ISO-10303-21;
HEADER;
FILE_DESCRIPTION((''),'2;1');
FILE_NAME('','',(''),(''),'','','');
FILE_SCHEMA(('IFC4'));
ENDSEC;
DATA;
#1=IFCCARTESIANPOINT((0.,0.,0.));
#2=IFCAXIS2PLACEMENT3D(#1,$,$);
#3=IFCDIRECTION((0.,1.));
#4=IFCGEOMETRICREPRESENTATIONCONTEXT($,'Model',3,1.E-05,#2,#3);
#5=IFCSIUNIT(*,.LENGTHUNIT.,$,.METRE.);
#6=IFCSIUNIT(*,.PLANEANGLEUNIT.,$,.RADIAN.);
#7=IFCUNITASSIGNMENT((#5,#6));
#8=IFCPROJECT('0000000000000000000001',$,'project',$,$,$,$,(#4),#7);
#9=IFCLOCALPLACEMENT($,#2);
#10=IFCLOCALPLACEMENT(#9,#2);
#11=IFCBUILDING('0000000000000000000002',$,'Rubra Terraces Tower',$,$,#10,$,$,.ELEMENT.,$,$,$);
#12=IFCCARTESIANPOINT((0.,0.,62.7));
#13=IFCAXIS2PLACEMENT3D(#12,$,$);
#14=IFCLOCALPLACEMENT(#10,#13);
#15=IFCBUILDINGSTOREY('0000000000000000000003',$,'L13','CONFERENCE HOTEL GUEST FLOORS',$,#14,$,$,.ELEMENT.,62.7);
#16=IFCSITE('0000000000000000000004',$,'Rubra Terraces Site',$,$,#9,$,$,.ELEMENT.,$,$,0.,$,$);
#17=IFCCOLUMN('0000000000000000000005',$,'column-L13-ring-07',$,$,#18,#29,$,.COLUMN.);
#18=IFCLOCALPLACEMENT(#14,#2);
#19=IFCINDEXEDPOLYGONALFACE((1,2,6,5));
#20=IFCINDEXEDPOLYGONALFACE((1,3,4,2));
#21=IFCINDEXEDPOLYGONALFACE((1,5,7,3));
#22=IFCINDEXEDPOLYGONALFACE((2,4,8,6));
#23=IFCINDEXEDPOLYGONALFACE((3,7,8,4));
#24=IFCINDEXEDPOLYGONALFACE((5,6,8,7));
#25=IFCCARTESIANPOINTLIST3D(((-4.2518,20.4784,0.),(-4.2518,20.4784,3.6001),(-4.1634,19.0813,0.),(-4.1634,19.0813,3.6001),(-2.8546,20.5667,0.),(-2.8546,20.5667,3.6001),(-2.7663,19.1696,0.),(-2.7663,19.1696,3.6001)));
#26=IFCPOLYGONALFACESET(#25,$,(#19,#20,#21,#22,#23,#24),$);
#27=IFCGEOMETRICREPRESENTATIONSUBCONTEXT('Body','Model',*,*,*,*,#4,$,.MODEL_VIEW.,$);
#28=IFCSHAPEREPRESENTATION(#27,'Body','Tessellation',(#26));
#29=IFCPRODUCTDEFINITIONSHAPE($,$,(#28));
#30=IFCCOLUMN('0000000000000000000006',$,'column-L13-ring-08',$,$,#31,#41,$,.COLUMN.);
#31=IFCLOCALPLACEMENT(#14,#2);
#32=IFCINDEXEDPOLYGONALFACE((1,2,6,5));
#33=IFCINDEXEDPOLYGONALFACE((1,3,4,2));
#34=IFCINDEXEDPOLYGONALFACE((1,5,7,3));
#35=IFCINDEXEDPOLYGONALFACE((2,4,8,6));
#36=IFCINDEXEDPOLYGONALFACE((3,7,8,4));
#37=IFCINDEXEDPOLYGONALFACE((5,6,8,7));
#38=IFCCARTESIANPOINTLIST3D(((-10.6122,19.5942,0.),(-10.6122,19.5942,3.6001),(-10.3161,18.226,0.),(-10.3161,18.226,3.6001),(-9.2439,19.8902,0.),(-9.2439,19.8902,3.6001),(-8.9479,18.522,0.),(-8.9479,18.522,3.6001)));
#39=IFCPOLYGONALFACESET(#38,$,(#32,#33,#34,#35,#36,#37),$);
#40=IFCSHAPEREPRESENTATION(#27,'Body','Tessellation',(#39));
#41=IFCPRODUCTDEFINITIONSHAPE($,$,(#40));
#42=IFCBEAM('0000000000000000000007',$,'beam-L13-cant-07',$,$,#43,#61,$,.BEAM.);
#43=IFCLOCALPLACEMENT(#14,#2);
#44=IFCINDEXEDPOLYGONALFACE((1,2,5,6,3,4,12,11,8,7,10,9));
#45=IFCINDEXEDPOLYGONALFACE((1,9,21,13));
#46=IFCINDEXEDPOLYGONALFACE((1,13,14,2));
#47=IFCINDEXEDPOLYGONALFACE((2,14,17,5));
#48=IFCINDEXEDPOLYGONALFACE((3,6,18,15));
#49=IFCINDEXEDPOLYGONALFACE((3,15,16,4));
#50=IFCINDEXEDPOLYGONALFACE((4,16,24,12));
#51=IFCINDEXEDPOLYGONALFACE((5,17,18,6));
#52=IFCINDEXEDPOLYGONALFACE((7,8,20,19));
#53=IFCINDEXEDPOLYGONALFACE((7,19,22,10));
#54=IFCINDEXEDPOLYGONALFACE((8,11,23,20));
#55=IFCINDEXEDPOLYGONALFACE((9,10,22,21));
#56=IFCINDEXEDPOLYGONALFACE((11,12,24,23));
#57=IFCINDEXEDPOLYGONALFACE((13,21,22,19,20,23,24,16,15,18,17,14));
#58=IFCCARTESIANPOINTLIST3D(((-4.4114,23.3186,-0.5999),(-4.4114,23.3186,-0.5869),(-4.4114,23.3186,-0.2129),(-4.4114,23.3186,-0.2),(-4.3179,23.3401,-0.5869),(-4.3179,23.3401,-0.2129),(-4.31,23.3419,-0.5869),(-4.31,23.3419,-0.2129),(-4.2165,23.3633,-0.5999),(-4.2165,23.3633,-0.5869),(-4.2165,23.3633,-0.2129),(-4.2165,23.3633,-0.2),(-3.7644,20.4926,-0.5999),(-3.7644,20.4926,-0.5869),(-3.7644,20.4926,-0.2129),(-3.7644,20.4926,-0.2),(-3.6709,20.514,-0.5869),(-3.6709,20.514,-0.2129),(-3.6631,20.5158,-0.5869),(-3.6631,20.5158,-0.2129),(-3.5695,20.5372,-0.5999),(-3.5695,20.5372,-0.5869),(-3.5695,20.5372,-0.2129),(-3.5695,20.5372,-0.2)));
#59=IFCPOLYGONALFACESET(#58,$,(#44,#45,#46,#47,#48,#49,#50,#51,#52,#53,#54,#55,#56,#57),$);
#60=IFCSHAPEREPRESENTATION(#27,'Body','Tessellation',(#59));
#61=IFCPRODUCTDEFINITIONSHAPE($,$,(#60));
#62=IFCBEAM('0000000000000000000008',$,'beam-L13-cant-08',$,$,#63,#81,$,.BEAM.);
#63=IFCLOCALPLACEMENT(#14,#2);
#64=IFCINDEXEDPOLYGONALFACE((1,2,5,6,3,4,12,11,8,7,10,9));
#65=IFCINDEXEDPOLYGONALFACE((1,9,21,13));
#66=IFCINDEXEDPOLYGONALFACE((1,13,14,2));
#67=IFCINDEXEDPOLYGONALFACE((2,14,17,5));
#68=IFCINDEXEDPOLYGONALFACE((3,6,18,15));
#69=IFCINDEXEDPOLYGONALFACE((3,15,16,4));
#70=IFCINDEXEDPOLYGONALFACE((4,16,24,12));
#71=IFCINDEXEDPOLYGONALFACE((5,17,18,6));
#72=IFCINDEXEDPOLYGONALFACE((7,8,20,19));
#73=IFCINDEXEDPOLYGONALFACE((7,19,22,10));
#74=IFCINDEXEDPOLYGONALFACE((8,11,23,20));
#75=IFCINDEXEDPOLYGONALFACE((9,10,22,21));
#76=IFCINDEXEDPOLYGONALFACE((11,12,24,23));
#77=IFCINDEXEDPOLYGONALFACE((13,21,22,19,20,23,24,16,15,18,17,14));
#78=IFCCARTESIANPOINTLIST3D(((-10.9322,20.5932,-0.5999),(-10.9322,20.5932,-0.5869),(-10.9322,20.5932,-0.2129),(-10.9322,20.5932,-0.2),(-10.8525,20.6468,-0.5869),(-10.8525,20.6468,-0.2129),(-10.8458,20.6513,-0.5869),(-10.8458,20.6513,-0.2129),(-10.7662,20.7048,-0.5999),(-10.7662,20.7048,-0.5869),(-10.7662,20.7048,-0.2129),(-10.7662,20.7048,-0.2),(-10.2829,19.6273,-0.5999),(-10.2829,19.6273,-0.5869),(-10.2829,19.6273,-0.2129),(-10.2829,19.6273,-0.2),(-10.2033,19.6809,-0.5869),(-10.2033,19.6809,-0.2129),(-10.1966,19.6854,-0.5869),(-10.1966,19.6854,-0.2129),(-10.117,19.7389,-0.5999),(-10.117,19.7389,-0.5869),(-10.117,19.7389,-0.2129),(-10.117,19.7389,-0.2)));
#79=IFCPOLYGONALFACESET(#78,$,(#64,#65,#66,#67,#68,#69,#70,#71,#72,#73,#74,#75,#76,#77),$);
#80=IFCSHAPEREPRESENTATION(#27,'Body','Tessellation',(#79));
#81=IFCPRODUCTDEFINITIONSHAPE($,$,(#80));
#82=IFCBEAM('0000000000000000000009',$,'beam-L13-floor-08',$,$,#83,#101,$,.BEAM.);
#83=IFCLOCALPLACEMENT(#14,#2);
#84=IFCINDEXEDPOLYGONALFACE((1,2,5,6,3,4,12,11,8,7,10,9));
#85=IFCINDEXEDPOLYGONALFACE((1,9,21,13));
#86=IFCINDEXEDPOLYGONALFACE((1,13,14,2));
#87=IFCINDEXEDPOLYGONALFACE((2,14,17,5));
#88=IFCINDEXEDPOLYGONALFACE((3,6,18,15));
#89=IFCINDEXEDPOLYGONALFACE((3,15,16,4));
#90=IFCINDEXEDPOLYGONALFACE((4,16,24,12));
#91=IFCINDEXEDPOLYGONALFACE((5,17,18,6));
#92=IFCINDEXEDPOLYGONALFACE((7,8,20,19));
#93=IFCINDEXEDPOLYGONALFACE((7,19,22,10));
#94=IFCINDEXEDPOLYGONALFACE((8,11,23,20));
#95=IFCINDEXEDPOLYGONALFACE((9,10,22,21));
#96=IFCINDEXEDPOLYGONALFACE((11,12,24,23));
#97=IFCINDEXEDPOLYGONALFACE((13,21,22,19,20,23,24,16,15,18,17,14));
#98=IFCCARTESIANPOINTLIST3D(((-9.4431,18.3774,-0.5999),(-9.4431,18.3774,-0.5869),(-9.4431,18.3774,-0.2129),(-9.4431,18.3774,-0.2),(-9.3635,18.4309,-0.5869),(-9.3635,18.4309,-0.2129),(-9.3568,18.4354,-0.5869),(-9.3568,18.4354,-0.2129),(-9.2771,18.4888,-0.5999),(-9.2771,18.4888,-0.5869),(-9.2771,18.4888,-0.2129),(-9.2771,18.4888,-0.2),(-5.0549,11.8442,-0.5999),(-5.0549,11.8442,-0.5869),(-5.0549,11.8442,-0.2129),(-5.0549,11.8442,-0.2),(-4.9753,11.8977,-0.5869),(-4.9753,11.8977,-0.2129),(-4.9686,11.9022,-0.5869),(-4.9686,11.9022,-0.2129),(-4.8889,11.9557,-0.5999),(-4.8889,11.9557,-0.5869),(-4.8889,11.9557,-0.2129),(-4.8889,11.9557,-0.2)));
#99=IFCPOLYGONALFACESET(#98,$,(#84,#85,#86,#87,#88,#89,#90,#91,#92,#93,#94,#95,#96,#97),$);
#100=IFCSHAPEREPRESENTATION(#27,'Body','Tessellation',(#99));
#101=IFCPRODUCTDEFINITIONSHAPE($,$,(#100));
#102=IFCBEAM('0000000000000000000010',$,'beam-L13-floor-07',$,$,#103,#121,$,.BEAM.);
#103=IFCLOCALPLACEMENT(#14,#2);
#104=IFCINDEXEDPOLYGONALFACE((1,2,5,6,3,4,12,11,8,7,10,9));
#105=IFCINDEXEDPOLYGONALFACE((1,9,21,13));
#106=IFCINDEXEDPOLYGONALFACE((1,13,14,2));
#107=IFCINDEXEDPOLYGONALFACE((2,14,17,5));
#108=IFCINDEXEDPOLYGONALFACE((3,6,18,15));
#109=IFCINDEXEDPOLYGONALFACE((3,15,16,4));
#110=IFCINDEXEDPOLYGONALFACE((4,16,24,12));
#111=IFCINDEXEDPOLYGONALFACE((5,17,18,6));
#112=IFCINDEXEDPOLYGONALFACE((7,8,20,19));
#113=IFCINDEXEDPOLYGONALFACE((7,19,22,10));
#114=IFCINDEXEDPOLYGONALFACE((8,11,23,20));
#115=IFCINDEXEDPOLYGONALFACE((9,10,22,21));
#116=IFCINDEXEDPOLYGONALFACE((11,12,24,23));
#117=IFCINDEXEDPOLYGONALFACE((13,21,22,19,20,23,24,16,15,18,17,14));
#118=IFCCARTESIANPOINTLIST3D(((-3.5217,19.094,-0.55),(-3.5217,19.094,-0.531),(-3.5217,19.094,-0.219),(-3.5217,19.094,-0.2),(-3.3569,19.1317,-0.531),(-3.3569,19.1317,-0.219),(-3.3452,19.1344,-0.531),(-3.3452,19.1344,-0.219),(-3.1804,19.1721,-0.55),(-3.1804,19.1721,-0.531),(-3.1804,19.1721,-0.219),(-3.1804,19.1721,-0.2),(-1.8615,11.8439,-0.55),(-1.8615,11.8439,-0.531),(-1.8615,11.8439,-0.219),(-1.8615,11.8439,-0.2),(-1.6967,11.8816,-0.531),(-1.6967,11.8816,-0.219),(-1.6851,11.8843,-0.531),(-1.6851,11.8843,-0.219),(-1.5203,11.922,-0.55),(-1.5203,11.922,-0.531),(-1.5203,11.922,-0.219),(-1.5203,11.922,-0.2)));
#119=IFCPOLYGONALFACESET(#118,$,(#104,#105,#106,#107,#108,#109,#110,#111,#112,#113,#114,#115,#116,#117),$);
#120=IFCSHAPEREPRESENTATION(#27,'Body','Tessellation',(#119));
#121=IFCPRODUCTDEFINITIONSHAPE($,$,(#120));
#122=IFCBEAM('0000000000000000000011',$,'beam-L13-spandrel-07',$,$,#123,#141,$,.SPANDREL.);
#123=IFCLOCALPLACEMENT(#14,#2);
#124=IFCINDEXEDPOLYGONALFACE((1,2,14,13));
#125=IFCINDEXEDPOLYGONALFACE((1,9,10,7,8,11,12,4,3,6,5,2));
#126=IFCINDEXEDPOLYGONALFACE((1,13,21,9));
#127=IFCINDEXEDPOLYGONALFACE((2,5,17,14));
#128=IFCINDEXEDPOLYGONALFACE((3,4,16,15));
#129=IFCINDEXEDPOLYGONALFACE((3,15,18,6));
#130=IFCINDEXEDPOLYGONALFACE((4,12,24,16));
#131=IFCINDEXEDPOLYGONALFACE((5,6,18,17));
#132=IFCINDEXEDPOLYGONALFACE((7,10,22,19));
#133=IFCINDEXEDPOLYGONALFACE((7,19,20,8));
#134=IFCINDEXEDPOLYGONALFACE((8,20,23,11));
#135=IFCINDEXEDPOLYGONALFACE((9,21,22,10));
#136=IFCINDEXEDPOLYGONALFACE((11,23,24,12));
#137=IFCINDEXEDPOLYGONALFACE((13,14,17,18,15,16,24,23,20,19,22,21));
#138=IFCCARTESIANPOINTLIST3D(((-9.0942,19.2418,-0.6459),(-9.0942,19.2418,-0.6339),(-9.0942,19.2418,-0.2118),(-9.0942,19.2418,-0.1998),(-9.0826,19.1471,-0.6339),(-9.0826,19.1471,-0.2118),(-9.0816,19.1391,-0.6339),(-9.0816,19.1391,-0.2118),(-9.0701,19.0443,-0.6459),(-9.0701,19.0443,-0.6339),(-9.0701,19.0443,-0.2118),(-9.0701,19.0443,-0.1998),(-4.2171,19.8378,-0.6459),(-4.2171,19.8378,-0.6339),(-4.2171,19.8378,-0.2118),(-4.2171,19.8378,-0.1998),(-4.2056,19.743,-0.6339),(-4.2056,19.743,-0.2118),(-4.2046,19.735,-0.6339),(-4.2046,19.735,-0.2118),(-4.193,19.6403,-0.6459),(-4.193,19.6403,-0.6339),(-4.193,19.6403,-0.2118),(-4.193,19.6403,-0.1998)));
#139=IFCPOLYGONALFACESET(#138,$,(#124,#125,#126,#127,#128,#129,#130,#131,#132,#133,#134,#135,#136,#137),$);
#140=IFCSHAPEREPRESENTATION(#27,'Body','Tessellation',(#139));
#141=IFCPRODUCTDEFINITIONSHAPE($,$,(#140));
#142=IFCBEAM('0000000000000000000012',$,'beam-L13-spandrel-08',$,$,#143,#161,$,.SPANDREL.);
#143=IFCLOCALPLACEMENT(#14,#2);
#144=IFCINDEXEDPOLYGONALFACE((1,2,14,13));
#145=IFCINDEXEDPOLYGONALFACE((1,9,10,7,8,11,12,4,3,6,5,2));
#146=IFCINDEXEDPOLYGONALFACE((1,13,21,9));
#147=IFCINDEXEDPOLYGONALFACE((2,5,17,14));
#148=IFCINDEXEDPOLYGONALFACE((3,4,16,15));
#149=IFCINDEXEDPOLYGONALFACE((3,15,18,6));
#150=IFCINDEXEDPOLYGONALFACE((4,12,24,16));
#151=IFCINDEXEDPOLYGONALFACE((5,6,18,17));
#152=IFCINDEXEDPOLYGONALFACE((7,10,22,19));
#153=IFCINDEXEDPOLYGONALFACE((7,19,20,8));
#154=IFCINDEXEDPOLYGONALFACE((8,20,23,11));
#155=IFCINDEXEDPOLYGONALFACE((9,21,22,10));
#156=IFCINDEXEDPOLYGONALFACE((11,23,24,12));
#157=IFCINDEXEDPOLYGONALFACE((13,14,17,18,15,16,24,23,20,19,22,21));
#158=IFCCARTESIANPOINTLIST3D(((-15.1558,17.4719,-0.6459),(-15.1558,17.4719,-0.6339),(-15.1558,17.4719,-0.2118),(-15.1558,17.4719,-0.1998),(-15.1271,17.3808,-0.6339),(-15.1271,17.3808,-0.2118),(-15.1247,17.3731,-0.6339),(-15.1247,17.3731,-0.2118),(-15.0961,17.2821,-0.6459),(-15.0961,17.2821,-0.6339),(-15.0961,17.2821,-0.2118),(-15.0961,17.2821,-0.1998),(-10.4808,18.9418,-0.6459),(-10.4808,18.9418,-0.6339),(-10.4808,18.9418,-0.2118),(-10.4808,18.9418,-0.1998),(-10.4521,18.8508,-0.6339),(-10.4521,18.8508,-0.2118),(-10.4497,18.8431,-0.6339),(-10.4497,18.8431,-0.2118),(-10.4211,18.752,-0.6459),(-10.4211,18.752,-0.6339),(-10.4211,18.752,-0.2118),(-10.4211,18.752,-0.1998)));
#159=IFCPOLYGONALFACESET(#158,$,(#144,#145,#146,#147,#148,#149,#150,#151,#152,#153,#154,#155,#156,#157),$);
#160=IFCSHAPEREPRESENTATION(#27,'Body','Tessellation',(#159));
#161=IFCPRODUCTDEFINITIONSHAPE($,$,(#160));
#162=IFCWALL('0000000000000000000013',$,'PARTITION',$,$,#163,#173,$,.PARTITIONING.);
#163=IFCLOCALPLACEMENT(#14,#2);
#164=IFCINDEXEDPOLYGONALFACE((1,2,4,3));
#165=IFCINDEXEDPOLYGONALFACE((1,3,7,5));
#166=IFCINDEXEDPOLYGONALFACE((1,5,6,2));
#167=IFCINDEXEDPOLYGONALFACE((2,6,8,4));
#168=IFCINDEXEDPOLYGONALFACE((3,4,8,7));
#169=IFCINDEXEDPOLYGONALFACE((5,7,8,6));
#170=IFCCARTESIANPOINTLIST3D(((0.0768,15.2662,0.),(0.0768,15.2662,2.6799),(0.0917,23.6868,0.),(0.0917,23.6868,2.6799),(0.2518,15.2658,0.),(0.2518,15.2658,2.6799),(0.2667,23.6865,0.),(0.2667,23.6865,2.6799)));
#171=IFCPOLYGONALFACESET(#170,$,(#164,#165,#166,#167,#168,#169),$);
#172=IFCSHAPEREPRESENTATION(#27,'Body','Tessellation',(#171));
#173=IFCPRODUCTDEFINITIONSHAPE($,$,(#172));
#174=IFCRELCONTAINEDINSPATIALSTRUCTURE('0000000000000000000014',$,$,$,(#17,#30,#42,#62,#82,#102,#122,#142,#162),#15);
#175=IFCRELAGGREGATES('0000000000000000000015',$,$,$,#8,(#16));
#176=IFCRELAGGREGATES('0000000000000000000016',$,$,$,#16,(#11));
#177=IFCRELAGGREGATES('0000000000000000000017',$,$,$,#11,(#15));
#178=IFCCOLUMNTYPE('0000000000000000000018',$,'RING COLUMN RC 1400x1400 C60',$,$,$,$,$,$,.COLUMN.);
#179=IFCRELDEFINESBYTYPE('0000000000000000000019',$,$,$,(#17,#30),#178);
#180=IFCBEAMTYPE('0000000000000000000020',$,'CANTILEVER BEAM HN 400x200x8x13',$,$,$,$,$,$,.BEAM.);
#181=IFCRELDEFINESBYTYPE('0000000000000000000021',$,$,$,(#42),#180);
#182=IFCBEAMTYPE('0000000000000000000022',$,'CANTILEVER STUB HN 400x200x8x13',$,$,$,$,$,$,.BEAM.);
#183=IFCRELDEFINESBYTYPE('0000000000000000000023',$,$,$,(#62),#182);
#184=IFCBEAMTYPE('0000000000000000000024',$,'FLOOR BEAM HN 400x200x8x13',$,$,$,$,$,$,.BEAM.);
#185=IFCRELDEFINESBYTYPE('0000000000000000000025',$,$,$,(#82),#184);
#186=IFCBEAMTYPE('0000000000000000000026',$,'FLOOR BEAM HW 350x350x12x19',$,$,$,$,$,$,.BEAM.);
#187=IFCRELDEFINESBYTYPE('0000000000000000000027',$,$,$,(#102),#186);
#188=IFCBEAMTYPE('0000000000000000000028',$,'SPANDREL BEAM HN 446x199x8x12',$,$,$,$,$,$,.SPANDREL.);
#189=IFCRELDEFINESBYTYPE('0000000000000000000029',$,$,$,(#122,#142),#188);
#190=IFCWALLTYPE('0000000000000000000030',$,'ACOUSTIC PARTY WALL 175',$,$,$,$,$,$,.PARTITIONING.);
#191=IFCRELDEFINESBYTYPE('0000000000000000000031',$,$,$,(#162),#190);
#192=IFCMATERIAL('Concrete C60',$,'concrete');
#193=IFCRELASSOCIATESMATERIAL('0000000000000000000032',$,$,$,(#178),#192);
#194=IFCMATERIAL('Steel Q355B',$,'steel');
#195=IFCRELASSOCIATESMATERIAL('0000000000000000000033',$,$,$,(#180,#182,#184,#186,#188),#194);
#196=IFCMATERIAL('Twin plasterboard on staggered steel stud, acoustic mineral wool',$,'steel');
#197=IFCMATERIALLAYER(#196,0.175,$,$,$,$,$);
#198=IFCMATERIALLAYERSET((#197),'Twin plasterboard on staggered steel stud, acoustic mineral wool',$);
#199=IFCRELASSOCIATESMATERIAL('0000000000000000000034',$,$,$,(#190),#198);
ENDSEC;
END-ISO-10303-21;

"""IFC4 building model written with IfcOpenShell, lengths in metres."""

from ifc_helpers import new_model, si_unit, direction, frame, frame_2d, origin, origin_2d, place, context, subcontext, project, spatial, rectangle, i_section, extrude, material, layer, layer_set, material_profile, profile_set, type_object, element, save


model = new_model("IFC4")

# Units and contexts
model_context = context("Model", 3, precision=1e-05, world=origin(), true_north=direction((0.0, 1.0)))
body_context = subcontext(model_context, "Body", "Model", "MODEL_VIEW")
ifc_project = project(units=[si_unit("LENGTHUNIT", "METRE"), si_unit("PLANEANGLEUNIT", "RADIAN")], contexts=[model_context])

# Site, building, storey
site_placement = place(None, origin())
site = spatial("IfcSite", under=ifc_project, at=site_placement, Name="Rubra Terraces Site", CompositionType="ELEMENT", RefElevation=0.0)
building_placement = place(site_placement, origin())
building = spatial("IfcBuilding", under=site, at=building_placement, Name="Rubra Terraces Tower", CompositionType="ELEMENT")
storey_placement = place(building_placement, frame((0.0, 0.0, 62.7)))
storey = spatial("IfcBuildingStorey", under=building, at=storey_placement, Name="L13", Description="CONFERENCE HOTEL GUEST FLOORS", CompositionType="ELEMENT", Elevation=62.7)

# Columns
ifc_material_1 = material(Name="Concrete C60", Category="concrete")
ifc_material_profile_1 = material_profile(ifc_material_1, rectangle(XDim=1.3999, YDim=1.3999, at=origin_2d()), Name="RC 1400x1400")
ifc_profile_set_1 = profile_set([ifc_material_profile_1], Name="Concrete C60")
column_type = type_object("IfcColumnType", Name="RING COLUMN RC 1400x1400 C60", PredefinedType="COLUMN", material=ifc_profile_set_1)
for number, where, z_axis, x_axis, name in (
    (1, (-3.509, 19.824, 0.0), (0.0, 0.0, 1.0), (-0.998008, -0.063094, 0.0), "column-L13-ring-07"),
    (2, (-9.78, 19.0581, 0.0), (0.0, 0.0, 1.0), (-0.977386, -0.211462, 0.0), "column-L13-ring-08"),
):
    element("IfcColumn", number, at=place(storey_placement, frame(where, z_axis=z_axis, x_axis=x_axis)), inside=storey, type_object=column_type, Name=name, PredefinedType="COLUMN", context=body_context, shape_type="SweptSolid", body=[
        extrude(rectangle(XDim=1.3999, YDim=1.3999, at=origin_2d()), origin(), (0.0, 0.0, 1.0), 3.6001),
    ])

# Beams
ifc_material_2 = material(Name="Steel Q355B", Category="steel")
ifc_material_profile_2 = material_profile(ifc_material_2, i_section(OverallWidth=0.2, OverallDepth=0.3999, WebThickness=0.0081, FlangeThickness=0.0129, at=origin_2d()), Name="HN 400x200x8x13")
ifc_profile_set_2 = profile_set([ifc_material_profile_2], Name="Steel Q355B")
beam_type_1 = type_object("IfcBeamType", Name="CANTILEVER BEAM HN 400x200x8x13", PredefinedType="BEAM", material=ifc_profile_set_2)
beam_1_placement = place(storey_placement, frame((-3.667, 20.5149, -0.3999), z_axis=(-0.223149, 0.974784, 0.0), x_axis=(-0.974784, -0.223149, 0.0)))
element("IfcBeam", 3, at=beam_1_placement, inside=storey, type_object=beam_type_1, Name="beam-L13-cant-07", PredefinedType="BEAM", context=body_context, shape_type="SweptSolid", body=[
    extrude(i_section(OverallWidth=0.2, OverallDepth=0.3999, WebThickness=0.0081, FlangeThickness=0.0129, at=origin_2d()), origin(), (0.0, 0.0, 1.0), 2.8992),
])
ifc_material_profile_3 = material_profile(ifc_material_2, i_section(OverallWidth=0.2, OverallDepth=0.3999, WebThickness=0.0081, FlangeThickness=0.0129, at=origin_2d()), Name="HN 400x200x8x13")
ifc_profile_set_3 = profile_set([ifc_material_profile_3], Name="Steel Q355B")
beam_type_2 = type_object("IfcBeamType", Name="CANTILEVER STUB HN 400x200x8x13", PredefinedType="BEAM", material=ifc_profile_set_3)
beam_2_placement = place(storey_placement, frame((-10.2, 19.6831, -0.3999), z_axis=(-0.557843, 0.829946, 0.0), x_axis=(-0.829946, -0.557843, 0.0)))
element("IfcBeam", 4, at=beam_2_placement, inside=storey, type_object=beam_type_2, Name="beam-L13-cant-08", PredefinedType="BEAM", context=body_context, shape_type="SweptSolid", body=[
    extrude(i_section(OverallWidth=0.2, OverallDepth=0.3999, WebThickness=0.0081, FlangeThickness=0.0129, at=origin_2d()), origin(), (0.0, 0.0, 1.0), 1.1638),
])
ifc_material_profile_4 = material_profile(ifc_material_2, i_section(OverallWidth=0.2, OverallDepth=0.3999, WebThickness=0.0081, FlangeThickness=0.0129, at=origin_2d()), Name="HN 400x200x8x13")
ifc_profile_set_4 = profile_set([ifc_material_profile_4], Name="Steel Q355B")
beam_type_3 = type_object("IfcBeamType", Name="FLOOR BEAM HN 400x200x8x13", PredefinedType="BEAM", material=ifc_profile_set_4)
beam_3_placement = place(storey_placement, frame((-9.3601, 18.4331, -0.3999), z_axis=(0.557575, -0.830127, 0.0), x_axis=(0.830127, 0.557575, 0.0)))
element("IfcBeam", 5, at=beam_3_placement, inside=storey, type_object=beam_type_3, Name="beam-L13-floor-08", PredefinedType="BEAM", context=body_context, shape_type="SweptSolid", body=[
    extrude(i_section(OverallWidth=0.2, OverallDepth=0.3999, WebThickness=0.0081, FlangeThickness=0.0129, at=origin_2d()), origin(), (0.0, 0.0, 1.0), 7.8701),
])
ifc_material_profile_5 = material_profile(ifc_material_2, i_section(OverallWidth=0.3501, OverallDepth=0.3501, WebThickness=0.012, FlangeThickness=0.019, at=origin_2d()), Name="HW 350x350x12x19")
ifc_profile_set_5 = profile_set([ifc_material_profile_5], Name="Steel Q355B")
beam_type_4 = type_object("IfcBeamType", Name="FLOOR BEAM HW 350x350x12x19", PredefinedType="BEAM", material=ifc_profile_set_5)
beam_4_placement = place(storey_placement, frame((-3.3511, 19.1331, -0.375), z_axis=(0.22321, -0.97477, 0.0), x_axis=(0.97477, 0.22321, 0.0)))
element("IfcBeam", 6, at=beam_4_placement, inside=storey, type_object=beam_type_4, Name="beam-L13-floor-07", PredefinedType="BEAM", context=body_context, shape_type="SweptSolid", body=[
    extrude(i_section(OverallWidth=0.3501, OverallDepth=0.3501, WebThickness=0.012, FlangeThickness=0.019, at=origin_2d()), origin(), (0.0, 0.0, 1.0), 7.4377),
])
ifc_material_profile_6 = material_profile(ifc_material_2, i_section(OverallWidth=0.199, OverallDepth=0.446, WebThickness=0.0081, FlangeThickness=0.012, at=origin_2d()), Name="HN 446x199x8x12")
ifc_profile_set_6 = profile_set([ifc_material_profile_6], Name="Steel Q355B")
beam_type_5 = type_object("IfcBeamType", Name="SPANDREL BEAM HN 446x199x8x12", PredefinedType="SPANDREL", material=ifc_profile_set_6)
beam_5_placement = place(storey_placement, frame((-4.2051, 19.739, -0.4229), z_axis=(-0.992617, -0.121294, 0.0), x_axis=(0.121294, -0.992617, 0.0)))
element("IfcBeam", 7, at=beam_5_placement, inside=storey, type_object=beam_type_5, Name="beam-L13-spandrel-07", PredefinedType="SPANDREL", context=body_context, shape_type="SweptSolid", body=[
    extrude(i_section(OverallWidth=0.199, OverallDepth=0.446, WebThickness=0.0081, FlangeThickness=0.012, at=origin_2d()), origin(), (0.0, 0.0, 1.0), 4.9133),
])
beam_6_placement = place(storey_placement, frame((-10.4509, 18.8469, -0.4229), z_axis=(-0.953955, -0.299951, 0.0), x_axis=(0.299951, -0.953955, 0.0)))
element("IfcBeam", 8, at=beam_6_placement, inside=storey, type_object=beam_type_5, Name="beam-L13-spandrel-08", PredefinedType="SPANDREL", context=body_context, shape_type="SweptSolid", body=[
    extrude(i_section(OverallWidth=0.199, OverallDepth=0.446, WebThickness=0.0081, FlangeThickness=0.012, at=origin_2d()), origin(), (0.0, 0.0, 1.0), 4.9006),
])

# Wall
ifc_material_3 = material(Name="Twin plasterboard on staggered steel stud, acoustic mineral wool", Category="steel")
ifc_layer_1 = layer(ifc_material_3, 0.175)
ifc_layer_set_1 = layer_set([ifc_layer_1], Name="Twin plasterboard on staggered steel stud, acoustic mineral wool")
wall_type_1 = type_object("IfcWallType", Name="ACOUSTIC PARTY WALL 175", PredefinedType="PARTITIONING", material=ifc_layer_set_1)
wall_1_placement = place(storey_placement, frame((0.1792, 23.6868, 0.0), z_axis=(0.0, 0.0, 1.0), x_axis=(-0.001769, -0.999998, 0.0)))
element("IfcWall", 9, at=wall_1_placement, inside=storey, type_object=wall_type_1, Name="PARTITION", PredefinedType="PARTITIONING", context=body_context, shape_type="SweptSolid", body=[
    extrude(rectangle(XDim=8.4207, YDim=0.175, at=frame_2d((4.2104, 0.0))), origin(), (0.0, 0.0, 1.0), 2.6799),
])

save(model, "model.ifc")
